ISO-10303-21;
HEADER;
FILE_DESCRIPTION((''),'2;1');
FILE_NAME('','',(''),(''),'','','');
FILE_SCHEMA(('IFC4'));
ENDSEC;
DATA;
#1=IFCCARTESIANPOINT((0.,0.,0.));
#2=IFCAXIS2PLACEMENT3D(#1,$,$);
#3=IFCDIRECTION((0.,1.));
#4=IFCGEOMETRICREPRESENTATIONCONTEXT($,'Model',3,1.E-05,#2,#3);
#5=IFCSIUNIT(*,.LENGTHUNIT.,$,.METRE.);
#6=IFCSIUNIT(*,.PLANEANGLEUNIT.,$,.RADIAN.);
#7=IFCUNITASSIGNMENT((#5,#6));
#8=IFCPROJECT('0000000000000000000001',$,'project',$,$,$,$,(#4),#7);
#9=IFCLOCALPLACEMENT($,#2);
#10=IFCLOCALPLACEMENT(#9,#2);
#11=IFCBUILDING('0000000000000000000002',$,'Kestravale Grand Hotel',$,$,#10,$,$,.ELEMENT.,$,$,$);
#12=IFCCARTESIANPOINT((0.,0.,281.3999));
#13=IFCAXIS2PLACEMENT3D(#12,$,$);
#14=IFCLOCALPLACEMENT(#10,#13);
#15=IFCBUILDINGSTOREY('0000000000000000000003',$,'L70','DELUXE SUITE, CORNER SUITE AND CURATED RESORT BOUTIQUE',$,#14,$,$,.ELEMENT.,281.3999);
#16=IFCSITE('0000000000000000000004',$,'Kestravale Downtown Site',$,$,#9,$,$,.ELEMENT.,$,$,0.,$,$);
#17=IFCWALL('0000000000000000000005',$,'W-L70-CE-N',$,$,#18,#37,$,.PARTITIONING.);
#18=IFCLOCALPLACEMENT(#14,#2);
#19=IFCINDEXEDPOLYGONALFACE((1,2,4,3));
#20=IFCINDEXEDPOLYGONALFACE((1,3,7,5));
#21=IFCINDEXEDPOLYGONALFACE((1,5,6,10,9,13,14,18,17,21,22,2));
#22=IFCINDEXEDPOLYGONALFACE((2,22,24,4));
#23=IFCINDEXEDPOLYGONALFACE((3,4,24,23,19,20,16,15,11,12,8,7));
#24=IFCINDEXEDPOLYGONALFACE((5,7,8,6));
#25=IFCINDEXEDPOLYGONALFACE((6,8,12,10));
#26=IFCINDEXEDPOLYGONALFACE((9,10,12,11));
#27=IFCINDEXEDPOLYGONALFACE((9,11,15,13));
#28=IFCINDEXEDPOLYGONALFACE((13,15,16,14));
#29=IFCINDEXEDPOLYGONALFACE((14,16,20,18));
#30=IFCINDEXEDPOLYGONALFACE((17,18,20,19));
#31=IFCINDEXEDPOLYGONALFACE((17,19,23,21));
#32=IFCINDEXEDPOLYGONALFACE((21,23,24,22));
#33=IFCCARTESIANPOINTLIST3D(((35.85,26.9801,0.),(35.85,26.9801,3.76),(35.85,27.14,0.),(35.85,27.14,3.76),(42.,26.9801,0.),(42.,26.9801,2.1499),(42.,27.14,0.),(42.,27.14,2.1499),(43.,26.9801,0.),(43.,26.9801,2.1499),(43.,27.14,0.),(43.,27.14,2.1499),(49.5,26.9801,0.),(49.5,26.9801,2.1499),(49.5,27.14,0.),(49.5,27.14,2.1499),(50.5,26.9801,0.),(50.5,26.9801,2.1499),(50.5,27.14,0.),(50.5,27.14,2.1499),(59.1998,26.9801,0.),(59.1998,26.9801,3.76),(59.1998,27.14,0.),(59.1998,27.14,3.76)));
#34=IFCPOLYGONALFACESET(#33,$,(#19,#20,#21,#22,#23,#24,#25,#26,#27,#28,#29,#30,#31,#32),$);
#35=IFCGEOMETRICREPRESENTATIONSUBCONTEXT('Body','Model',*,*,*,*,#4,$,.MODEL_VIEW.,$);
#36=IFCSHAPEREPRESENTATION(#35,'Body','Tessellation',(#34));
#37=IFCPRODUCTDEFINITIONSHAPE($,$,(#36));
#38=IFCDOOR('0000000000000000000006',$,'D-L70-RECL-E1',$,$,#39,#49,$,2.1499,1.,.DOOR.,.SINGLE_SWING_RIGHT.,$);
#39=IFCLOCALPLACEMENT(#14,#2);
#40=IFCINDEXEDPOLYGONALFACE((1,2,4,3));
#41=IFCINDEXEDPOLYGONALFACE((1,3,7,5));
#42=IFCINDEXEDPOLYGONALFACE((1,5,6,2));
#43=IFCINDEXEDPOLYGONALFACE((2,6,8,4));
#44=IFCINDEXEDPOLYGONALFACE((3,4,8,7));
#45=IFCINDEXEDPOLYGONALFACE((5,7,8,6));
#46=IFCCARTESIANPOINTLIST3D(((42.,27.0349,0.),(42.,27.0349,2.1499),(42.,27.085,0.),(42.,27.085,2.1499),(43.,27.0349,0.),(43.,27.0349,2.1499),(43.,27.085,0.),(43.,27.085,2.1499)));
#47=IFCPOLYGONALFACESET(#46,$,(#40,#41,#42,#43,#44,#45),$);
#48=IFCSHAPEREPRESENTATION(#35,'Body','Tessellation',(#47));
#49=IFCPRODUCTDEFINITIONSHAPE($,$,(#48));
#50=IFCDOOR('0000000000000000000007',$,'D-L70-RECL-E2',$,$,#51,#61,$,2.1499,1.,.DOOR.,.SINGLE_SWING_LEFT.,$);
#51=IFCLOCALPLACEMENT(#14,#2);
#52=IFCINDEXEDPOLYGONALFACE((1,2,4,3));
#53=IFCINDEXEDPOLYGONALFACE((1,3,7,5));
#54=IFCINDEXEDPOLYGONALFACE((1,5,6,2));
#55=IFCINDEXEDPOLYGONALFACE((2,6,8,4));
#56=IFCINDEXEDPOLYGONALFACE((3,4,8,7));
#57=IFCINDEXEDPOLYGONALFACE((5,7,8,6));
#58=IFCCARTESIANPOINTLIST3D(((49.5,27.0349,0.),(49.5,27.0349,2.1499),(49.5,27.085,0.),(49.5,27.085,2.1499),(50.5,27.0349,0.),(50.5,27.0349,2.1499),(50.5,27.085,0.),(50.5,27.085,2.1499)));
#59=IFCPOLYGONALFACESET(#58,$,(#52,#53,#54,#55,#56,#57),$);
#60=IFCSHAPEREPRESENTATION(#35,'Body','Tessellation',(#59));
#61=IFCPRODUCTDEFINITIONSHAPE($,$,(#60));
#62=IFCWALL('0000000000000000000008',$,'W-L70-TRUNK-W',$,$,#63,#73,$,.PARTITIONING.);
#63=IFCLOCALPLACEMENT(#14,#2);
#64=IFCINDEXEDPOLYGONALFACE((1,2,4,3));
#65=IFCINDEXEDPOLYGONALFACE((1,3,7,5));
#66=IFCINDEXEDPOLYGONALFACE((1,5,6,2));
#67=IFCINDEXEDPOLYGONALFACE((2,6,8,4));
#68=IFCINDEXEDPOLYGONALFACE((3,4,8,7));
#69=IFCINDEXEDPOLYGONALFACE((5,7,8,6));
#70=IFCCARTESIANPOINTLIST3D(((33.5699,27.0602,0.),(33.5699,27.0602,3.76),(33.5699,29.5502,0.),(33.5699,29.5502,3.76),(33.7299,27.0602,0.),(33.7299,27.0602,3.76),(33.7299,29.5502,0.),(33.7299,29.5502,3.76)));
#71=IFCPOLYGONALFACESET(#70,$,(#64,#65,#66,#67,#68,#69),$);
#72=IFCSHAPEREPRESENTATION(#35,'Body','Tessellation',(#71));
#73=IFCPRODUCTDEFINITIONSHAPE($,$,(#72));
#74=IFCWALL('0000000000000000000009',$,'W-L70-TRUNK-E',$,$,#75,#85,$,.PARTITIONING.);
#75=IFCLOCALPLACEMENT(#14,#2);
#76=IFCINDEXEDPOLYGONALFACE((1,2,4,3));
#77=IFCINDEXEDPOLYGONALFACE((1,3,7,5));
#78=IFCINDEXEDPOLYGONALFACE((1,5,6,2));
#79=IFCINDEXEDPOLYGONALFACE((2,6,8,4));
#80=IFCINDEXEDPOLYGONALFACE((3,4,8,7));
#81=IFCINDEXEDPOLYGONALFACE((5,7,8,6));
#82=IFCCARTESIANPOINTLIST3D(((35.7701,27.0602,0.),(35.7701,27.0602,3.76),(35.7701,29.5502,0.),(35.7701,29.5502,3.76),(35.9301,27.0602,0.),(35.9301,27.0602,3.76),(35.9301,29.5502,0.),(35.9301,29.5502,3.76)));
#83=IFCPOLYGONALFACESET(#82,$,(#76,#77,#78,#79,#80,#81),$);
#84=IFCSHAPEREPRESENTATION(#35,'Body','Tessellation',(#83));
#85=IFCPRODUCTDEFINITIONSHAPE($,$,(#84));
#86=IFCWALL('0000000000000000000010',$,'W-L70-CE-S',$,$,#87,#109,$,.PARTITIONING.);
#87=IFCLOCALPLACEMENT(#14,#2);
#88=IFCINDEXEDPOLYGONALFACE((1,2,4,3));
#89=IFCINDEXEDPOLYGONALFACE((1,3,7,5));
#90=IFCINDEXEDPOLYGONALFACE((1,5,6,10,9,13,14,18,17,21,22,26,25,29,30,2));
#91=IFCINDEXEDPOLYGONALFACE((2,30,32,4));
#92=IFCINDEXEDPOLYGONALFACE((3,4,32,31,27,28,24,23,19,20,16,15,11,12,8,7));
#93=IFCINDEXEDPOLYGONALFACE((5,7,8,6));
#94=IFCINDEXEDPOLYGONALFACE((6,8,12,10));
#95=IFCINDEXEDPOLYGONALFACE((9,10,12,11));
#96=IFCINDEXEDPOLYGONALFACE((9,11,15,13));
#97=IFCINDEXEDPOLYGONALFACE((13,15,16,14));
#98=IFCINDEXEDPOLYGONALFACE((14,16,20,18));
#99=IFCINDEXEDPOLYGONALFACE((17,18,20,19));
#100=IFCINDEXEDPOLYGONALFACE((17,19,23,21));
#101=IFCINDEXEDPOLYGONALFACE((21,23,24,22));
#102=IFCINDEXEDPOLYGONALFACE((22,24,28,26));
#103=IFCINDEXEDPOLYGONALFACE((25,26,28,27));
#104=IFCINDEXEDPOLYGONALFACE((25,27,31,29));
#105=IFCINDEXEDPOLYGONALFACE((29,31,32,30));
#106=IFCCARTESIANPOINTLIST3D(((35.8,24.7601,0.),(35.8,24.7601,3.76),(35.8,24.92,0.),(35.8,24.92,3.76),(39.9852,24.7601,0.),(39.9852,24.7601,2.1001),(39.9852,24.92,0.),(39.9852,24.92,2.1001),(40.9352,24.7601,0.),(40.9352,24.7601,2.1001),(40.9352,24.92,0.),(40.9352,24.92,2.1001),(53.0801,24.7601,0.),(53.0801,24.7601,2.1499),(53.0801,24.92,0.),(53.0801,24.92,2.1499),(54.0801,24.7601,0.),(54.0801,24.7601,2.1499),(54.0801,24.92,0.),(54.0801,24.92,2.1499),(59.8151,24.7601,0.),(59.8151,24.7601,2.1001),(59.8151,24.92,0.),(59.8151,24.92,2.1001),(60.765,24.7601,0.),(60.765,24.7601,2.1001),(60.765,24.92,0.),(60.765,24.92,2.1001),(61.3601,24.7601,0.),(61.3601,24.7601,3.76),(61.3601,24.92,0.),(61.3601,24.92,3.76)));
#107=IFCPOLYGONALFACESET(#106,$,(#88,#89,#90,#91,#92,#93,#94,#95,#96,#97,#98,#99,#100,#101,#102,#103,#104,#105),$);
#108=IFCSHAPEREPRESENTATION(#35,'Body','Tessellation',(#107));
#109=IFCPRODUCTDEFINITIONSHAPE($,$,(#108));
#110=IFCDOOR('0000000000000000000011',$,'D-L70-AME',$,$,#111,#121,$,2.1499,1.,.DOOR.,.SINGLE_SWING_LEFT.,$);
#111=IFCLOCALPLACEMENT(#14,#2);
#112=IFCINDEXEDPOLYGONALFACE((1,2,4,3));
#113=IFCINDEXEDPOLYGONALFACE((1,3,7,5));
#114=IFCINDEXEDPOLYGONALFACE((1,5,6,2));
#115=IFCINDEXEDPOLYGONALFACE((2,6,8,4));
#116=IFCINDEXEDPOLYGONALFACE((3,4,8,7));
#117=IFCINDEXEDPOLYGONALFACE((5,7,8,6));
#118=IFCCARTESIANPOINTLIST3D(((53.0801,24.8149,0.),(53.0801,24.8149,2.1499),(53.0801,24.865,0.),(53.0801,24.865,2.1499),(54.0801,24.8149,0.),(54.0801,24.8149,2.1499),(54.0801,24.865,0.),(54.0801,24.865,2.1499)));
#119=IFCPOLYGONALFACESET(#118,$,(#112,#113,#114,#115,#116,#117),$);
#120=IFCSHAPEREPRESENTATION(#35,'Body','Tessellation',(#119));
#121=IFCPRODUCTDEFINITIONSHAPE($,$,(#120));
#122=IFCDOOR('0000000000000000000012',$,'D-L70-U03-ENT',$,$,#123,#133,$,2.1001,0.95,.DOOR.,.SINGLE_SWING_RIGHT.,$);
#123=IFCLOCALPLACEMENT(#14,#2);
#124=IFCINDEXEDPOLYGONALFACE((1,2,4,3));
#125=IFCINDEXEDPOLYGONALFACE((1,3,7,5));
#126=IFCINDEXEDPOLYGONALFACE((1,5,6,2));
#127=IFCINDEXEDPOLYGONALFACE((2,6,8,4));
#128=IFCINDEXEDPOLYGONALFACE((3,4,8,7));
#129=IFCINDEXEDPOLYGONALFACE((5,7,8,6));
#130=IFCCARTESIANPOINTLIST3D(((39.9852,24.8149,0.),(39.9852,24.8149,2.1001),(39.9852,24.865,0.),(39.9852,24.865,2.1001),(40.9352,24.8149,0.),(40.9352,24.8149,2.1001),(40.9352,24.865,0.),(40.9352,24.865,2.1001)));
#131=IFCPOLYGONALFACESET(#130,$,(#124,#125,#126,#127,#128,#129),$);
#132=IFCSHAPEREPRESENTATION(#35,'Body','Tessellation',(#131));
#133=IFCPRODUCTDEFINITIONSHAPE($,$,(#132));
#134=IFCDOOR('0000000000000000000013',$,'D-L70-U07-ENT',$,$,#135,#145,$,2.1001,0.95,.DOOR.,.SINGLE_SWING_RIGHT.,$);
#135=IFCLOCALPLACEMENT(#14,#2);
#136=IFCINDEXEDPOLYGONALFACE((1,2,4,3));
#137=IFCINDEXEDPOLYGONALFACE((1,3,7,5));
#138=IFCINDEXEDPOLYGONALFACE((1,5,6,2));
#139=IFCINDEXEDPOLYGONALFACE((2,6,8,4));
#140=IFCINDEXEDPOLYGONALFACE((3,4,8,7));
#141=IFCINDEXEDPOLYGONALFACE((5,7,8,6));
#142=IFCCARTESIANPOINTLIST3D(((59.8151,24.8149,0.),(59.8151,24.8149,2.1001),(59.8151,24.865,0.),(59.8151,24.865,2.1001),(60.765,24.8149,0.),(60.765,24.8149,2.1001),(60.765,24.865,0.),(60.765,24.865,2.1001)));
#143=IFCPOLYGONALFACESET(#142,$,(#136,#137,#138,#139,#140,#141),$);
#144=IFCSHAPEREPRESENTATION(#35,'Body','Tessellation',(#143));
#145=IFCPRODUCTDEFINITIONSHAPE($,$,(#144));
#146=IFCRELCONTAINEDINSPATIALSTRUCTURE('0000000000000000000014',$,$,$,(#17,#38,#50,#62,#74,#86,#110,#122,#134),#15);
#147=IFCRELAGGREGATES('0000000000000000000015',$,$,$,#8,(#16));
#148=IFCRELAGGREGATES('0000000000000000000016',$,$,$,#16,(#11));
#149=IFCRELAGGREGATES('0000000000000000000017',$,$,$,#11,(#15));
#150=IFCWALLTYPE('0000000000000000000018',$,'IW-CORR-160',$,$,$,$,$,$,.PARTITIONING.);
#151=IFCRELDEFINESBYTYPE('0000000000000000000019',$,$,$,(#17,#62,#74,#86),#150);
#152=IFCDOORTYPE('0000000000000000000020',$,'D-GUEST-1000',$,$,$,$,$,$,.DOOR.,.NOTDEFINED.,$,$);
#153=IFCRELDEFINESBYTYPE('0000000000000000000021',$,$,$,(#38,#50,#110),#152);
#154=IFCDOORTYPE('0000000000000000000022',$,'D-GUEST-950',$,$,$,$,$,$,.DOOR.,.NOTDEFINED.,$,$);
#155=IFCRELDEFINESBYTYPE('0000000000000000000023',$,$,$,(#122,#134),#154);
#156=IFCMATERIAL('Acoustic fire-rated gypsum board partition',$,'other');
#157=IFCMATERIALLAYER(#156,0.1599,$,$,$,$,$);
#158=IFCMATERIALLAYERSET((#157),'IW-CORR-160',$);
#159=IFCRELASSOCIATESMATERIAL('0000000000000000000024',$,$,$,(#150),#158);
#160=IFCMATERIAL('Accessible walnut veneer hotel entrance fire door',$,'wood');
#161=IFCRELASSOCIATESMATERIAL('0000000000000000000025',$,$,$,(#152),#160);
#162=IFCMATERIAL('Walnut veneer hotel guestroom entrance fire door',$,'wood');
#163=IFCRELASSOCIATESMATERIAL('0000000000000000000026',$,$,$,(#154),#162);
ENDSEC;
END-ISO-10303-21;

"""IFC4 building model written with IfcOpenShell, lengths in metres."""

from ifc_helpers import new_model, si_unit, direction, frame, frame_2d, origin, place, context, subcontext, project, spatial, rectangle, extrude, material, layer, layer_set, type_object, element, fill, save


model = new_model("IFC4")

# Units and contexts
model_context = context("Model", 3, precision=1e-05, world=origin(), true_north=direction((0.0, 1.0)))
body_context = subcontext(model_context, "Body", "Model", "MODEL_VIEW")
ifc_project = project(units=[si_unit("LENGTHUNIT", "METRE"), si_unit("PLANEANGLEUNIT", "RADIAN")], contexts=[model_context])

# Site, building, storey
site_placement = place(None, origin())
site = spatial("IfcSite", under=ifc_project, at=site_placement, Name="Kestravale Downtown Site", CompositionType="ELEMENT", RefElevation=0.0)
building_placement = place(site_placement, origin())
building = spatial("IfcBuilding", under=site, at=building_placement, Name="Kestravale Grand Hotel", CompositionType="ELEMENT")
storey_placement = place(building_placement, frame((0.0, 0.0, 281.3999)))
storey = spatial("IfcBuildingStorey", under=building, at=storey_placement, Name="L70", Description="DELUXE SUITE, CORNER SUITE AND CURATED RESORT BOUTIQUE", CompositionType="ELEMENT", Elevation=281.3999)

# Wall, openings, doors
ifc_material_1 = material(Name="Acoustic fire-rated gypsum board partition", Category="other")
ifc_layer_1 = layer(ifc_material_1, 0.1599)
ifc_layer_set_1 = layer_set([ifc_layer_1], Name="IW-CORR-160")
wall_type_1 = type_object("IfcWallType", Name="IW-CORR-160", PredefinedType="PARTITIONING", material=ifc_layer_set_1)
wall_1_placement = place(storey_placement, frame((35.8501, 27.0601, 0.0), z_axis=(0.0, 0.0, 1.0), x_axis=(1.0, 0.0, 0.0)))
wall_1 = element("IfcWall", 1, at=wall_1_placement, inside=storey, type_object=wall_type_1, Name="W-L70-CE-N", PredefinedType="PARTITIONING", context=body_context, shape_type="SweptSolid", body=[
    extrude(rectangle(XDim=23.3499, YDim=0.1599, at=frame_2d((11.6748, 0.0))), origin(), (0.0, 0.0, 1.0), 3.76),
])
opening_1_placement = place(wall_1_placement, frame((6.1499, 0.0, 0.0)))
opening_1 = element("IfcOpeningElement", 2, at=opening_1_placement, cuts=wall_1, PredefinedType="OPENING", context=body_context, shape_type="SweptSolid", body=[
    extrude(rectangle(XDim=1.0, YDim=2.1499, at=frame_2d((0.5, 1.075))), frame((0.0, 0.0898, 0.0), z_axis=(0.0, -1.0, 0.0), x_axis=(1.0, 0.0, 0.0)), (0.0, 0.0, 1.0), 0.1799),
])
opening_2_placement = place(wall_1_placement, frame((13.6499, 0.0, 0.0)))
opening_2 = element("IfcOpeningElement", 3, at=opening_2_placement, cuts=wall_1, PredefinedType="OPENING", context=body_context, shape_type="SweptSolid", body=[
    extrude(rectangle(XDim=1.0, YDim=2.1499, at=frame_2d((0.5, 1.075))), frame((0.0, 0.0898, 0.0), z_axis=(0.0, -1.0, 0.0), x_axis=(1.0, 0.0, 0.0)), (0.0, 0.0, 1.0), 0.1799),
])
ifc_material_2 = material(Name="Accessible walnut veneer hotel entrance fire door", Category="wood")
door_type_1 = type_object("IfcDoorType", Name="D-GUEST-1000", OperationType="NOTDEFINED", PredefinedType="DOOR", material=ifc_material_2)
door_1_placement = place(opening_1_placement, origin())
door_1 = element("IfcDoor", 4, at=door_1_placement, inside=storey, type_object=door_type_1, Name="D-L70-RECL-E1", OperationType="SINGLE_SWING_RIGHT", OverallHeight=2.1499, OverallWidth=1.0, PredefinedType="DOOR", context=body_context, shape_type="SweptSolid", body=[
    extrude(rectangle(XDim=1.0, YDim=2.1499, at=frame_2d((0.5, 1.075))), frame((0.0, 0.0249, 0.0), z_axis=(0.0, -1.0, 0.0), x_axis=(1.0, 0.0, 0.0)), (0.0, 0.0, 1.0), 0.05),
])
fill(opening_1, door_1)
door_2_placement = place(opening_2_placement, origin())
door_2 = element("IfcDoor", 5, at=door_2_placement, inside=storey, type_object=door_type_1, Name="D-L70-RECL-E2", OperationType="SINGLE_SWING_LEFT", OverallHeight=2.1499, OverallWidth=1.0, PredefinedType="DOOR", context=body_context, shape_type="SweptSolid", body=[
    extrude(rectangle(XDim=1.0, YDim=2.1499, at=frame_2d((0.5, 1.075))), frame((0.0, 0.0249, 0.0), z_axis=(0.0, -1.0, 0.0), x_axis=(1.0, 0.0, 0.0)), (0.0, 0.0, 1.0), 0.05),
])
fill(opening_2, door_2)

# Walls
for number, where, z_axis, x_axis, name in (
    (6, (33.6499, 27.0601, 0.0), (0.0, 0.0, 1.0), (0.0, 1.0, 0.0), "W-L70-TRUNK-W"),
    (7, (35.8501, 27.0601, 0.0), (0.0, 0.0, 1.0), (0.0, 1.0, 0.0), "W-L70-TRUNK-E"),
):
    element("IfcWall", number, at=place(storey_placement, frame(where, z_axis=z_axis, x_axis=x_axis)), inside=storey, type_object=wall_type_1, Name=name, PredefinedType="PARTITIONING", context=body_context, shape_type="SweptSolid", body=[
        extrude(rectangle(XDim=2.49, YDim=0.1599, at=frame_2d((1.2451, 0.0))), origin(), (0.0, 0.0, 1.0), 3.76),
    ])

# Wall, openings, doors
wall_2_placement = place(storey_placement, frame((35.8, 24.8401, 0.0), z_axis=(0.0, 0.0, 1.0), x_axis=(1.0, 0.0, 0.0)))
wall_2 = element("IfcWall", 8, at=wall_2_placement, inside=storey, type_object=wall_type_1, Name="W-L70-CE-S", PredefinedType="PARTITIONING", context=body_context, shape_type="SweptSolid", body=[
    extrude(rectangle(XDim=25.5601, YDim=0.1599, at=frame_2d((12.78, 0.0))), origin(), (0.0, 0.0, 1.0), 3.76),
])
opening_3_placement = place(wall_2_placement, frame((4.1851, 0.0, 0.0)))
opening_3 = element("IfcOpeningElement", 9, at=opening_3_placement, cuts=wall_2, PredefinedType="OPENING", context=body_context, shape_type="SweptSolid", body=[
    extrude(rectangle(XDim=0.95, YDim=2.1001, at=frame_2d((0.4751, 1.05))), frame((0.0, 0.0898, 0.0), z_axis=(0.0, -1.0, 0.0), x_axis=(1.0, 0.0, 0.0)), (0.0, 0.0, 1.0), 0.1799),
])
opening_4_placement = place(wall_2_placement, frame((17.28, 0.0, 0.0)))
opening_4 = element("IfcOpeningElement", 10, at=opening_4_placement, cuts=wall_2, PredefinedType="OPENING", context=body_context, shape_type="SweptSolid", body=[
    extrude(rectangle(XDim=1.0, YDim=2.1499, at=frame_2d((0.5, 1.075))), frame((0.0, 0.0898, 0.0), z_axis=(0.0, -1.0, 0.0), x_axis=(1.0, 0.0, 0.0)), (0.0, 0.0, 1.0), 0.1799),
])
opening_5_placement = place(wall_2_placement, frame((24.0149, 0.0, 0.0)))
opening_5 = element("IfcOpeningElement", 11, at=opening_5_placement, cuts=wall_2, PredefinedType="OPENING", context=body_context, shape_type="SweptSolid", body=[
    extrude(rectangle(XDim=0.95, YDim=2.1001, at=frame_2d((0.4751, 1.05))), frame((0.0, 0.0898, 0.0), z_axis=(0.0, -1.0, 0.0), x_axis=(1.0, 0.0, 0.0)), (0.0, 0.0, 1.0), 0.1799),
])
door_3_placement = place(opening_4_placement, origin())
door_3 = element("IfcDoor", 12, at=door_3_placement, inside=storey, type_object=door_type_1, Name="D-L70-AME", OperationType="SINGLE_SWING_LEFT", OverallHeight=2.1499, OverallWidth=1.0, PredefinedType="DOOR", context=body_context, shape_type="SweptSolid", body=[
    extrude(rectangle(XDim=1.0, YDim=2.1499, at=frame_2d((0.5, 1.075))), frame((0.0, 0.0249, 0.0), z_axis=(0.0, -1.0, 0.0), x_axis=(1.0, 0.0, 0.0)), (0.0, 0.0, 1.0), 0.05),
])
fill(opening_4, door_3)
ifc_material_3 = material(Name="Walnut veneer hotel guestroom entrance fire door", Category="wood")
door_type_2 = type_object("IfcDoorType", Name="D-GUEST-950", OperationType="NOTDEFINED", PredefinedType="DOOR", material=ifc_material_3)
door_4_placement = place(opening_3_placement, origin())
door_4 = element("IfcDoor", 13, at=door_4_placement, inside=storey, type_object=door_type_2, Name="D-L70-U03-ENT", OperationType="SINGLE_SWING_RIGHT", OverallHeight=2.1001, OverallWidth=0.95, PredefinedType="DOOR", context=body_context, shape_type="SweptSolid", body=[
    extrude(rectangle(XDim=0.95, YDim=2.1001, at=frame_2d((0.4751, 1.05))), frame((0.0, 0.0249, 0.0), z_axis=(0.0, -1.0, 0.0), x_axis=(1.0, 0.0, 0.0)), (0.0, 0.0, 1.0), 0.05),
])
fill(opening_3, door_4)
door_5_placement = place(opening_5_placement, origin())
door_5 = element("IfcDoor", 14, at=door_5_placement, inside=storey, type_object=door_type_2, Name="D-L70-U07-ENT", OperationType="SINGLE_SWING_RIGHT", OverallHeight=2.1001, OverallWidth=0.95, PredefinedType="DOOR", context=body_context, shape_type="SweptSolid", body=[
    extrude(rectangle(XDim=0.95, YDim=2.1001, at=frame_2d((0.4751, 1.05))), frame((0.0, 0.0249, 0.0), z_axis=(0.0, -1.0, 0.0), x_axis=(1.0, 0.0, 0.0)), (0.0, 0.0, 1.0), 0.05),
])
fill(opening_5, door_5)

save(model, "model.ifc")
